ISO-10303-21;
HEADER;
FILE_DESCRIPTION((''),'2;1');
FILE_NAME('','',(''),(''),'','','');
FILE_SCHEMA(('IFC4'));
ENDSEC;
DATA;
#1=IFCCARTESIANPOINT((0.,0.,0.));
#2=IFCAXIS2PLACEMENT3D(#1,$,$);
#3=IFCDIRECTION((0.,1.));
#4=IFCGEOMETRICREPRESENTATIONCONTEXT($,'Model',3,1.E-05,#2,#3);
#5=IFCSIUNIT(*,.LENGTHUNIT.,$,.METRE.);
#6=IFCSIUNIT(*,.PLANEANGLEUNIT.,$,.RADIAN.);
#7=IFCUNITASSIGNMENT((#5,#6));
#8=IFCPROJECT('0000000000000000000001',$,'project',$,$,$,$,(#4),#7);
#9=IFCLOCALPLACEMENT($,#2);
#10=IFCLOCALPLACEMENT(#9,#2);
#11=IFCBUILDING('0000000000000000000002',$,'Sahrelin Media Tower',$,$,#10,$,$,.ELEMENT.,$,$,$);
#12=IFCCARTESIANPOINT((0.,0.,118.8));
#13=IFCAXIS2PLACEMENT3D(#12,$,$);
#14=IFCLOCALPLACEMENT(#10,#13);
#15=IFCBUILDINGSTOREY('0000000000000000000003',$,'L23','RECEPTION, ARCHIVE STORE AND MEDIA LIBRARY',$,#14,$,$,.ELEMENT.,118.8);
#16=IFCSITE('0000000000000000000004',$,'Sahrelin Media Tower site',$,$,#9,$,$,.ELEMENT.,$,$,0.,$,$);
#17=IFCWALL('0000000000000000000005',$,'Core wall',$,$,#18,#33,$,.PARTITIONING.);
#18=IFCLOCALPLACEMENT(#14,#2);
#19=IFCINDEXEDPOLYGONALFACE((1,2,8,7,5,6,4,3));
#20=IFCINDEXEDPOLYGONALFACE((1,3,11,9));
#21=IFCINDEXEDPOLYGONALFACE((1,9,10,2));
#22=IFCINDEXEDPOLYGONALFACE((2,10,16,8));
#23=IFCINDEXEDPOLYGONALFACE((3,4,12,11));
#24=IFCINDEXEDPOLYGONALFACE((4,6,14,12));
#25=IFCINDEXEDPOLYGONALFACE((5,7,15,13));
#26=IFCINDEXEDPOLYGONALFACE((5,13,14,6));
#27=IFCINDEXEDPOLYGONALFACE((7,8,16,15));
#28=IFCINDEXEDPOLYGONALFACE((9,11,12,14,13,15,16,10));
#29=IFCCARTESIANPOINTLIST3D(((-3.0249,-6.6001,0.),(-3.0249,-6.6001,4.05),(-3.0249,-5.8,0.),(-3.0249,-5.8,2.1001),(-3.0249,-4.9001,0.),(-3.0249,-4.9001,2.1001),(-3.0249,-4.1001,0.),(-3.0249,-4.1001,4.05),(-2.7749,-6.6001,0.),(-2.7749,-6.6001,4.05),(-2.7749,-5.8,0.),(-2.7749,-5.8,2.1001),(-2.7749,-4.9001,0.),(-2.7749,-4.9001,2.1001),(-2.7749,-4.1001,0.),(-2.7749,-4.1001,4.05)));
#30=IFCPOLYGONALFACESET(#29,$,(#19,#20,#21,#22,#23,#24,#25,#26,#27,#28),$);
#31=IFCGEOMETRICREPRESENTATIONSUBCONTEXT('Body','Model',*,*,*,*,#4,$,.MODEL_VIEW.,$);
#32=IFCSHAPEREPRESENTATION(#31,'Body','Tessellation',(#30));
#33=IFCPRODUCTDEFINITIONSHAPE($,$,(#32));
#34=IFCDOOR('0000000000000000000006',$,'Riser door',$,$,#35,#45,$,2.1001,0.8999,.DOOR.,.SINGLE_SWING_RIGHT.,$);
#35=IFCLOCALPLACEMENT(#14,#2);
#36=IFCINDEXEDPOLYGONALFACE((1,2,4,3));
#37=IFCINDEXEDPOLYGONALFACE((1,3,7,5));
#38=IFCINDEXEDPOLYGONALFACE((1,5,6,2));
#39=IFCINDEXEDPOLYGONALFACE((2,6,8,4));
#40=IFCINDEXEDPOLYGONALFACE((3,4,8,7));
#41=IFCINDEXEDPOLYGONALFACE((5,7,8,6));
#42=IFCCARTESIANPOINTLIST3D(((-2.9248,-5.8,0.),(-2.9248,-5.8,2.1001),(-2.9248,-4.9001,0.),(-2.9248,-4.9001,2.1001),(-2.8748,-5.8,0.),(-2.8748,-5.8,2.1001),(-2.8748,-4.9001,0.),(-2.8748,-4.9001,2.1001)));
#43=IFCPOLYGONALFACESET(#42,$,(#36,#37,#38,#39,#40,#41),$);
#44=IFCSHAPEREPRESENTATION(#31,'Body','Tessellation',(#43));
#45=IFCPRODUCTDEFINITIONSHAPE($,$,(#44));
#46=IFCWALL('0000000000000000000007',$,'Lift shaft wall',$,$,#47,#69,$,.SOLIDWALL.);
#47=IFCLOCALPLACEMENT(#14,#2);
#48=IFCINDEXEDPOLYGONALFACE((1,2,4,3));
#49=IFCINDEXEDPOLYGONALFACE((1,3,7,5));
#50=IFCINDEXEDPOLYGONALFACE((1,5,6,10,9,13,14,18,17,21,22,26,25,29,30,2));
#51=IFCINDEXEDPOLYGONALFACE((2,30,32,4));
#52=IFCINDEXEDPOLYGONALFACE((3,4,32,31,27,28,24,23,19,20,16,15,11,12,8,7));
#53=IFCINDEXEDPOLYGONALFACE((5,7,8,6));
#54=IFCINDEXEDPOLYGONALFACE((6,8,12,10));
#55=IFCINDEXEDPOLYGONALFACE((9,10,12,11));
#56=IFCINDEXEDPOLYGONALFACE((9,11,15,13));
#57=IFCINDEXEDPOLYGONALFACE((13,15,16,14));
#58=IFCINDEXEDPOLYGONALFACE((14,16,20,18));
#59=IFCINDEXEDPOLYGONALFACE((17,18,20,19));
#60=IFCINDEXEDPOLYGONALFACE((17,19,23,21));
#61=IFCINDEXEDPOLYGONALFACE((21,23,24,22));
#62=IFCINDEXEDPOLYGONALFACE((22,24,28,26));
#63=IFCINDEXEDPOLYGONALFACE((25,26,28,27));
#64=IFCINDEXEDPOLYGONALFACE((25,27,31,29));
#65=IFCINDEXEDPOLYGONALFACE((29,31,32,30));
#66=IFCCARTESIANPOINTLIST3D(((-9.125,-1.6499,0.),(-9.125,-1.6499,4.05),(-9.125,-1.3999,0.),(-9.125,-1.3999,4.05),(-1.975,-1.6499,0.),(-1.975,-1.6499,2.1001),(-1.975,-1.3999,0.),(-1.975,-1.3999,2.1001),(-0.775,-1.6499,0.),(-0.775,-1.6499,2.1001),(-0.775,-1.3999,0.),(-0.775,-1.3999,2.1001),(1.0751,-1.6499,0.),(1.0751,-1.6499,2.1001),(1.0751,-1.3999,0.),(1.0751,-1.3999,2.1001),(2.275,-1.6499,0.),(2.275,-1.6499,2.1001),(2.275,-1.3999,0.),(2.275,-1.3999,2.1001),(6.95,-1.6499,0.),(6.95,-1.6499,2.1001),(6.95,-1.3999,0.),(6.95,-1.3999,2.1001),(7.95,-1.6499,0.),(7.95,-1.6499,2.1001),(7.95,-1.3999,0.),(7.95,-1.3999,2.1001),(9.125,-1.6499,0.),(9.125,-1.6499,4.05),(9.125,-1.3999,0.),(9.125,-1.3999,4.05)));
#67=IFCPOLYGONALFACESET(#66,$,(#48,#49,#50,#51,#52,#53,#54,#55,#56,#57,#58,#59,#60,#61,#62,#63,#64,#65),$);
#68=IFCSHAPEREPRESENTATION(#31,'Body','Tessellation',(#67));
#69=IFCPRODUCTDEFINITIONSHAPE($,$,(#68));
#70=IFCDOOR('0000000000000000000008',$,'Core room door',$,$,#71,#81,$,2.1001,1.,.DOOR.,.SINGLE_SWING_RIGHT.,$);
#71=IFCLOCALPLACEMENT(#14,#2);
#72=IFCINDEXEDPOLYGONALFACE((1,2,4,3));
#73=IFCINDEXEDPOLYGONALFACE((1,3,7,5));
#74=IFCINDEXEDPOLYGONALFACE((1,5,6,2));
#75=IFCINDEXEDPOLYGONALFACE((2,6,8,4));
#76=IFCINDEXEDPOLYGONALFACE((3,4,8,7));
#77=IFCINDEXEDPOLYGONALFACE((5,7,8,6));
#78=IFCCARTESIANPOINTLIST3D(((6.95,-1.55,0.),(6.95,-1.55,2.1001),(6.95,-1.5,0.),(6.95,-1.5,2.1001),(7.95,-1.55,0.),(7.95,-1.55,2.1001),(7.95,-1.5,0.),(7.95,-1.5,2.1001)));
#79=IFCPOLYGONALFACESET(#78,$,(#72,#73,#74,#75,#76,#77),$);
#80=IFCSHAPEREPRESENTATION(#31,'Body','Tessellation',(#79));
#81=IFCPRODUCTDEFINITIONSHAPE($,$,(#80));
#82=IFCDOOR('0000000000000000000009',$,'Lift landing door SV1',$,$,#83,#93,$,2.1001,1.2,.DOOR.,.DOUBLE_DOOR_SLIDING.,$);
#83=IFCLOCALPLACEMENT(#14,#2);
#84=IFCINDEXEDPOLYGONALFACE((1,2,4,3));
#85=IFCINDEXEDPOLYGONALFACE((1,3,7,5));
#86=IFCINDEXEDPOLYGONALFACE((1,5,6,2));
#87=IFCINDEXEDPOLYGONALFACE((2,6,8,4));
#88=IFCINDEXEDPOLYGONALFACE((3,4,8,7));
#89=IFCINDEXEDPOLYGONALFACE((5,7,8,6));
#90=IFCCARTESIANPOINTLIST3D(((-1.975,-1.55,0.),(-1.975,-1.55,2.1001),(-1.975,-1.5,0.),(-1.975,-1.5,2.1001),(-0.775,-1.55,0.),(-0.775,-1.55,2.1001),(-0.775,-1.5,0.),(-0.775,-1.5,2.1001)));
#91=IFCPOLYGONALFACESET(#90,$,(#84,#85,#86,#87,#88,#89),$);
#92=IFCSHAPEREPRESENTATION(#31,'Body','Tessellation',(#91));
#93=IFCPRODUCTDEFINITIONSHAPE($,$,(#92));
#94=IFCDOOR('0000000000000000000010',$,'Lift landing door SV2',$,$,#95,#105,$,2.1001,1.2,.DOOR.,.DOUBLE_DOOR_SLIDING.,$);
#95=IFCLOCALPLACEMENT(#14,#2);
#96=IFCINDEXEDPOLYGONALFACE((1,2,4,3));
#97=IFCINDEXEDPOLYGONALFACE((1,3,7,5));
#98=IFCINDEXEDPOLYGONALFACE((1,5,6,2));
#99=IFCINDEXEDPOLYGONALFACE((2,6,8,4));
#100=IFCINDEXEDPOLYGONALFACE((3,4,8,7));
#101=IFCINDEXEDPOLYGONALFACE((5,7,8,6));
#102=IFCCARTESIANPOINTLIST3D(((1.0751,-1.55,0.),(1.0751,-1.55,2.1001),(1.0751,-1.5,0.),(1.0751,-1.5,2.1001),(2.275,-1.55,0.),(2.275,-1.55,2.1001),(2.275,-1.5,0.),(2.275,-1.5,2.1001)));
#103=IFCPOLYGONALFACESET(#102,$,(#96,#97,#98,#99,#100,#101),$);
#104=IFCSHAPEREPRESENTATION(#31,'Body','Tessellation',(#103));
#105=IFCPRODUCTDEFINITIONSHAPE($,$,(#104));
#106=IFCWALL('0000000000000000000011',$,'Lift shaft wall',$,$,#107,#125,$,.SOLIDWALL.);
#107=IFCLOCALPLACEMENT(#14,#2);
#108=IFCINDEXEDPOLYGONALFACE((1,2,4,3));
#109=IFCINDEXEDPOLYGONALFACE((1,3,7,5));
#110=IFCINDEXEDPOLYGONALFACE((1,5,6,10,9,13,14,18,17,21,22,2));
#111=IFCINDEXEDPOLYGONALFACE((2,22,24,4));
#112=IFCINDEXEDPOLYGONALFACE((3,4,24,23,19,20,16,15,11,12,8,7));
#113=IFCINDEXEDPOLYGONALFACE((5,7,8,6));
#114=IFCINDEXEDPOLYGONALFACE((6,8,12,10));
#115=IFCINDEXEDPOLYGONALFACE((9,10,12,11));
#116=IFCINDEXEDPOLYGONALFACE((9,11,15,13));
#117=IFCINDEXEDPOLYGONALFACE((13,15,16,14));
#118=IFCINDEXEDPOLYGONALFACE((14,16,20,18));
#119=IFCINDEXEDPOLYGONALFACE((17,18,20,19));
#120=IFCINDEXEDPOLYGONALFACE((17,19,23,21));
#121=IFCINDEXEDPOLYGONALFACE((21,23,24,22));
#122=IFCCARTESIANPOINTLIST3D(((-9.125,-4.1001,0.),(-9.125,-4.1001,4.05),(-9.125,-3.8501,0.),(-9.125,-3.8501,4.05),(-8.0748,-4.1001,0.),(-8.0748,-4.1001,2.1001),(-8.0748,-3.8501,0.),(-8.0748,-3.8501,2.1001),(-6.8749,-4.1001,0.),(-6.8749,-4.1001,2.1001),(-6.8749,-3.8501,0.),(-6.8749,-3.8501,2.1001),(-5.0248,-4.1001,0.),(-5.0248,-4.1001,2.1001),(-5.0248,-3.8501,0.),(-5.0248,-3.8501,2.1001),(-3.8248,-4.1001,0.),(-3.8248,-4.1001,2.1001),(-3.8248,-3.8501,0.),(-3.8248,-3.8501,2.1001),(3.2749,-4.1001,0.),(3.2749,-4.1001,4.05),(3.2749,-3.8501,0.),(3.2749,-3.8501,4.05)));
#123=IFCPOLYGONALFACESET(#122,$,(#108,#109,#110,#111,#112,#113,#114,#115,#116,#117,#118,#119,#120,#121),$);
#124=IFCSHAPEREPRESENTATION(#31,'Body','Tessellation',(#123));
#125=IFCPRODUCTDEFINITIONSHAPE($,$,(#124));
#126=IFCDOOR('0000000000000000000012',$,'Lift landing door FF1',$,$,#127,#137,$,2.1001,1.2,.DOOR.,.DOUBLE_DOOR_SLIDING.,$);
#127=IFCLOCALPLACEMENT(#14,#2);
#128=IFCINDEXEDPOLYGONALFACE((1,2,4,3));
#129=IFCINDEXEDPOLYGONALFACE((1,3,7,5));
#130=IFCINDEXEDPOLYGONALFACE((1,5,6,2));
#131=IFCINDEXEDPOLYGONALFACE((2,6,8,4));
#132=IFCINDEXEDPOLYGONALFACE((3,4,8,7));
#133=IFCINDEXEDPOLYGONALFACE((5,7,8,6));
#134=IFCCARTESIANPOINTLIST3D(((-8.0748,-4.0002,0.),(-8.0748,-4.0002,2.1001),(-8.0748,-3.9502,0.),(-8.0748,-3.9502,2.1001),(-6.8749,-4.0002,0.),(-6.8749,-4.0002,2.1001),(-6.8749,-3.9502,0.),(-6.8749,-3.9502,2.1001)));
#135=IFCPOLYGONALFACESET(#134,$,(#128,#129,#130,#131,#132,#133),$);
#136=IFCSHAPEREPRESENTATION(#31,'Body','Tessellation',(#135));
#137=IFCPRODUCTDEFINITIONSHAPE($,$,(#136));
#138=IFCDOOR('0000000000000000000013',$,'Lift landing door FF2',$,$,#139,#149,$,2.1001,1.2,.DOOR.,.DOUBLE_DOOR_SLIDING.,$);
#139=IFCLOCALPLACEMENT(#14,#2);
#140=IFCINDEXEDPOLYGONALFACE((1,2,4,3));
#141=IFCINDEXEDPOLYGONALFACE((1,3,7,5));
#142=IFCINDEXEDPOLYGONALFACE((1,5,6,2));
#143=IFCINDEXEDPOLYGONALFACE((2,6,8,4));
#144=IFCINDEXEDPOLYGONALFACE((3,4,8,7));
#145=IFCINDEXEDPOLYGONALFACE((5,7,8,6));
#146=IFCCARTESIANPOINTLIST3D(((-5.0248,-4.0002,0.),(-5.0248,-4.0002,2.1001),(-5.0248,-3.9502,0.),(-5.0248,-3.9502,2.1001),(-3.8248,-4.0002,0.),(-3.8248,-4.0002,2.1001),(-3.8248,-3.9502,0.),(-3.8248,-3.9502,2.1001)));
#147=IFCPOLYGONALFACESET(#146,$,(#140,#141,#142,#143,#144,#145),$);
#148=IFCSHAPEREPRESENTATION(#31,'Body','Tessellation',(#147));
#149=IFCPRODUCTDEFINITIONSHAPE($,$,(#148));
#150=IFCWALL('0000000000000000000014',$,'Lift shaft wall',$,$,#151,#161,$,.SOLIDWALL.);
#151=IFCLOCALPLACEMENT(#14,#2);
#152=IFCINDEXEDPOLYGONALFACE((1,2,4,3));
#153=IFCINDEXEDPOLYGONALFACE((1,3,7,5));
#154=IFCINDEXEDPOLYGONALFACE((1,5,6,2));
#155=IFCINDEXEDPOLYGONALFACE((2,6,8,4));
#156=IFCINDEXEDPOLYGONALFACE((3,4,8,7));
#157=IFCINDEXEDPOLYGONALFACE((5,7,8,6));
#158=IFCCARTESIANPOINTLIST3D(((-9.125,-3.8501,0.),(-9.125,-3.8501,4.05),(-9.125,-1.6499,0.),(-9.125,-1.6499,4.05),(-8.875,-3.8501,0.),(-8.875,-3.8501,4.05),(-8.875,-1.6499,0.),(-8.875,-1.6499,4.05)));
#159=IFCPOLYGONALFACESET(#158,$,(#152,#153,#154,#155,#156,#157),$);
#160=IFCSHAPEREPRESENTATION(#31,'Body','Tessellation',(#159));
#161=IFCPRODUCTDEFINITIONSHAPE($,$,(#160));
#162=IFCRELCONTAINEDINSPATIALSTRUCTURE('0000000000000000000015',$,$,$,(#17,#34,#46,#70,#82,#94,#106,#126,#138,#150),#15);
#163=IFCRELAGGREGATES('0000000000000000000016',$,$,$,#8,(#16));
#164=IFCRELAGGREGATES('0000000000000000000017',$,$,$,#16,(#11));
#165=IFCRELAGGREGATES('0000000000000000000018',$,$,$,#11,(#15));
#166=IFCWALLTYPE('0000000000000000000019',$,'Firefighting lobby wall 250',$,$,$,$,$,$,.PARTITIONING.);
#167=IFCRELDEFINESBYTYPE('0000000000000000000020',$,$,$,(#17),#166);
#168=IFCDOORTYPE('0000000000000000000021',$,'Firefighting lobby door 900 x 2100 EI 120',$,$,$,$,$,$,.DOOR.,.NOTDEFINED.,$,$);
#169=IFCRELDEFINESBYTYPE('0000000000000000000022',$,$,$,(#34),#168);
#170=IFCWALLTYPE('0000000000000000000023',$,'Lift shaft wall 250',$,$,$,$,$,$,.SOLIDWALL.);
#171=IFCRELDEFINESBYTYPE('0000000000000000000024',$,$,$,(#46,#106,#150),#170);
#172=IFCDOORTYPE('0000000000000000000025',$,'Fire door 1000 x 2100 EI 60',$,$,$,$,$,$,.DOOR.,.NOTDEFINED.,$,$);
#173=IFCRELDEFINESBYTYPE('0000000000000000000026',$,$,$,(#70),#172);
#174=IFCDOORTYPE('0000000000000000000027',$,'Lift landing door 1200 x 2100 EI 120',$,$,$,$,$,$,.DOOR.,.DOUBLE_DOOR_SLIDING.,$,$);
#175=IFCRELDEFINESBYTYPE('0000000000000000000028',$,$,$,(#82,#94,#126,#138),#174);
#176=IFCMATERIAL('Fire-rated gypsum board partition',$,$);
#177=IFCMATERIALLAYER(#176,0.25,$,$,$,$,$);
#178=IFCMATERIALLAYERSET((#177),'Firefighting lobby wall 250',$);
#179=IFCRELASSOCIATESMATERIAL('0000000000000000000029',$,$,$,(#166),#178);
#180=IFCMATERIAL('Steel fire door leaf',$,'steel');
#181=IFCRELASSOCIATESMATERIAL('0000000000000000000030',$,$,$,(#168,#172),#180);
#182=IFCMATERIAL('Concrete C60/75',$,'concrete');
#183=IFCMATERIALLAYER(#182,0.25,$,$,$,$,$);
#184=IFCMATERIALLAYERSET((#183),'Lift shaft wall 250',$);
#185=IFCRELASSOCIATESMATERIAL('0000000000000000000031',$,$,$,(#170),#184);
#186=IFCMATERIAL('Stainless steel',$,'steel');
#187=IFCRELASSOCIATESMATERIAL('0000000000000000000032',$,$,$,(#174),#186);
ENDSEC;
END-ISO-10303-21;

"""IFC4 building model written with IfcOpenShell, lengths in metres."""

from ifc_helpers import new_model, si_unit, direction, frame, frame_2d, origin, place, context, subcontext, project, spatial, rectangle, extrude, material, layer, layer_set, type_object, element, fill, save


model = new_model("IFC4")

# Units and contexts
model_context = context("Model", 3, precision=1e-05, world=origin(), true_north=direction((0.0, 1.0)))
body_context = subcontext(model_context, "Body", "Model", "MODEL_VIEW")
ifc_project = project(units=[si_unit("LENGTHUNIT", "METRE"), si_unit("PLANEANGLEUNIT", "RADIAN")], contexts=[model_context])

# Site, building, storey
site_placement = place(None, origin())
site = spatial("IfcSite", under=ifc_project, at=site_placement, Name="Sahrelin Media Tower site", CompositionType="ELEMENT", RefElevation=0.0)
building_placement = place(site_placement, origin())
building = spatial("IfcBuilding", under=site, at=building_placement, Name="Sahrelin Media Tower", CompositionType="ELEMENT")
storey_placement = place(building_placement, frame((0.0, 0.0, 118.8)))
storey = spatial("IfcBuildingStorey", under=building, at=storey_placement, Name="L23", Description="RECEPTION, ARCHIVE STORE AND MEDIA LIBRARY", CompositionType="ELEMENT", Elevation=118.8)

# Shared definitions
ifc_material_1 = material(Name="Concrete C60/75", Category="concrete")

# Wall, opening, door
ifc_material_2 = material(Name="Fire-rated gypsum board partition")
ifc_layer_1 = layer(ifc_material_2, 0.25)
ifc_layer_set_1 = layer_set([ifc_layer_1], Name="Firefighting lobby wall 250")
wall_type_1 = type_object("IfcWallType", Name="Firefighting lobby wall 250", PredefinedType="PARTITIONING", material=ifc_layer_set_1)
ifc_material_3 = material(Name="Steel fire door leaf", Category="steel")
wall_1_placement = place(storey_placement, frame((-2.8999, -6.6001, 0.0), z_axis=(0.0, 0.0, 1.0), x_axis=(0.0, 1.0, 0.0)))
wall_1 = element("IfcWall", 1, at=wall_1_placement, inside=storey, type_object=wall_type_1, Name="Core wall", PredefinedType="PARTITIONING", context=body_context, shape_type="SweptSolid", body=[
    extrude(rectangle(XDim=2.5, YDim=0.25, at=frame_2d((1.25, 0.0))), origin(), (0.0, 0.0, 1.0), 4.05),
])
opening_1_placement = place(wall_1_placement, frame((0.8, 0.0, 0.0)))
opening_1 = element("IfcOpeningElement", 2, at=opening_1_placement, cuts=wall_1, PredefinedType="OPENING", context=body_context, shape_type="SweptSolid", body=[
    extrude(rectangle(XDim=0.8999, YDim=2.1001, at=frame_2d((0.45, 1.05))), frame((0.0, 0.125, 0.0), z_axis=(0.0, -1.0, 0.0), x_axis=(1.0, 0.0, 0.0)), (0.0, 0.0, 1.0), 0.25),
])
door_type_1 = type_object("IfcDoorType", Name="Firefighting lobby door 900 x 2100 EI 120", OperationType="NOTDEFINED", PredefinedType="DOOR", material=ifc_material_3)
door_1_placement = place(opening_1_placement, origin())
door_1 = element("IfcDoor", 3, at=door_1_placement, inside=storey, type_object=door_type_1, Name="Riser door", OperationType="SINGLE_SWING_RIGHT", OverallHeight=2.1001, OverallWidth=0.8999, PredefinedType="DOOR", context=body_context, shape_type="SweptSolid", body=[
    extrude(rectangle(XDim=0.8999, YDim=2.1001, at=frame_2d((0.45, 1.05))), frame((0.0, 0.0249, 0.0), z_axis=(0.0, -1.0, 0.0), x_axis=(1.0, 0.0, 0.0)), (0.0, 0.0, 1.0), 0.05),
])
fill(opening_1, door_1)

# Walls, openings, doors
ifc_layer_2 = layer(ifc_material_1, 0.25)
ifc_layer_set_2 = layer_set([ifc_layer_2], Name="Lift shaft wall 250")
wall_type_2 = type_object("IfcWallType", Name="Lift shaft wall 250", PredefinedType="SOLIDWALL", material=ifc_layer_set_2)
wall_2_placement = place(storey_placement, frame((-9.125, -1.5249, 0.0), z_axis=(0.0, 0.0, 1.0), x_axis=(1.0, 0.0, 0.0)))
wall_2 = element("IfcWall", 4, at=wall_2_placement, inside=storey, type_object=wall_type_2, Name="Lift shaft wall", PredefinedType="SOLIDWALL", context=body_context, shape_type="SweptSolid", body=[
    extrude(rectangle(XDim=18.25, YDim=0.25, at=frame_2d((9.125, 0.0))), origin(), (0.0, 0.0, 1.0), 4.05),
])
opening_2_placement = place(wall_2_placement, frame((7.1499, 0.0, 0.0)))
opening_2 = element("IfcOpeningElement", 5, at=opening_2_placement, cuts=wall_2, PredefinedType="OPENING", context=body_context, shape_type="SweptSolid", body=[
    extrude(rectangle(XDim=1.2, YDim=2.1001, at=frame_2d((0.6001, 1.05))), frame((0.0, 0.125, 0.0), z_axis=(0.0, -1.0, 0.0), x_axis=(1.0, 0.0, 0.0)), (0.0, 0.0, 1.0), 0.25),
])
opening_3_placement = place(wall_2_placement, frame((10.2, 0.0, 0.0)))
opening_3 = element("IfcOpeningElement", 6, at=opening_3_placement, cuts=wall_2, PredefinedType="OPENING", context=body_context, shape_type="SweptSolid", body=[
    extrude(rectangle(XDim=1.2, YDim=2.1001, at=frame_2d((0.6001, 1.05))), frame((0.0, 0.125, 0.0), z_axis=(0.0, -1.0, 0.0), x_axis=(1.0, 0.0, 0.0)), (0.0, 0.0, 1.0), 0.25),
])
opening_4_placement = place(wall_2_placement, frame((16.075, 0.0, 0.0)))
opening_4 = element("IfcOpeningElement", 7, at=opening_4_placement, cuts=wall_2, PredefinedType="OPENING", context=body_context, shape_type="SweptSolid", body=[
    extrude(rectangle(XDim=1.0, YDim=2.1001, at=frame_2d((0.5, 1.05))), frame((0.0, 0.125, 0.0), z_axis=(0.0, -1.0, 0.0), x_axis=(1.0, 0.0, 0.0)), (0.0, 0.0, 1.0), 0.25),
])
door_type_2 = type_object("IfcDoorType", Name="Fire door 1000 x 2100 EI 60", OperationType="NOTDEFINED", PredefinedType="DOOR", material=ifc_material_3)
door_2_placement = place(opening_4_placement, origin())
door_2 = element("IfcDoor", 8, at=door_2_placement, inside=storey, type_object=door_type_2, Name="Core room door", OperationType="SINGLE_SWING_RIGHT", OverallHeight=2.1001, OverallWidth=1.0, PredefinedType="DOOR", context=body_context, shape_type="SweptSolid", body=[
    extrude(rectangle(XDim=1.0, YDim=2.1001, at=frame_2d((0.5, 1.05))), frame((0.0, 0.0249, 0.0), z_axis=(0.0, -1.0, 0.0), x_axis=(1.0, 0.0, 0.0)), (0.0, 0.0, 1.0), 0.05),
])
fill(opening_4, door_2)
ifc_material_4 = material(Name="Stainless steel", Category="steel")
door_type_3 = type_object("IfcDoorType", Name="Lift landing door 1200 x 2100 EI 120", OperationType="DOUBLE_DOOR_SLIDING", PredefinedType="DOOR", material=ifc_material_4)
door_3_placement = place(opening_2_placement, origin())
door_3 = element("IfcDoor", 9, at=door_3_placement, inside=storey, type_object=door_type_3, Name="Lift landing door SV1", OperationType="DOUBLE_DOOR_SLIDING", OverallHeight=2.1001, OverallWidth=1.2, PredefinedType="DOOR", context=body_context, shape_type="SweptSolid", body=[
    extrude(rectangle(XDim=1.2, YDim=2.1001, at=frame_2d((0.6001, 1.05))), frame((0.0, 0.0249, 0.0), z_axis=(0.0, -1.0, 0.0), x_axis=(1.0, 0.0, 0.0)), (0.0, 0.0, 1.0), 0.05),
])
fill(opening_2, door_3)
door_4_placement = place(opening_3_placement, origin())
door_4 = element("IfcDoor", 10, at=door_4_placement, inside=storey, type_object=door_type_3, Name="Lift landing door SV2", OperationType="DOUBLE_DOOR_SLIDING", OverallHeight=2.1001, OverallWidth=1.2, PredefinedType="DOOR", context=body_context, shape_type="SweptSolid", body=[
    extrude(rectangle(XDim=1.2, YDim=2.1001, at=frame_2d((0.6001, 1.05))), frame((0.0, 0.0249, 0.0), z_axis=(0.0, -1.0, 0.0), x_axis=(1.0, 0.0, 0.0)), (0.0, 0.0, 1.0), 0.05),
])
fill(opening_3, door_4)
wall_3_placement = place(storey_placement, frame((-9.125, -3.9751, 0.0), z_axis=(0.0, 0.0, 1.0), x_axis=(1.0, 0.0, 0.0)))
wall_3 = element("IfcWall", 11, at=wall_3_placement, inside=storey, type_object=wall_type_2, Name="Lift shaft wall", PredefinedType="SOLIDWALL", context=body_context, shape_type="SweptSolid", body=[
    extrude(rectangle(XDim=12.3999, YDim=0.25, at=frame_2d((6.2, 0.0))), origin(), (0.0, 0.0, 1.0), 4.05),
])
opening_5_placement = place(wall_3_placement, frame((1.05, 0.0, 0.0)))
opening_5 = element("IfcOpeningElement", 12, at=opening_5_placement, cuts=wall_3, PredefinedType="OPENING", context=body_context, shape_type="SweptSolid", body=[
    extrude(rectangle(XDim=1.2, YDim=2.1001, at=frame_2d((0.6001, 1.05))), frame((0.0, 0.125, 0.0), z_axis=(0.0, -1.0, 0.0), x_axis=(1.0, 0.0, 0.0)), (0.0, 0.0, 1.0), 0.25),
])
opening_6_placement = place(wall_3_placement, frame((4.1001, 0.0, 0.0)))
opening_6 = element("IfcOpeningElement", 13, at=opening_6_placement, cuts=wall_3, PredefinedType="OPENING", context=body_context, shape_type="SweptSolid", body=[
    extrude(rectangle(XDim=1.2, YDim=2.1001, at=frame_2d((0.6001, 1.05))), frame((0.0, 0.125, 0.0), z_axis=(0.0, -1.0, 0.0), x_axis=(1.0, 0.0, 0.0)), (0.0, 0.0, 1.0), 0.25),
])
door_5_placement = place(opening_5_placement, origin())
door_5 = element("IfcDoor", 14, at=door_5_placement, inside=storey, type_object=door_type_3, Name="Lift landing door FF1", OperationType="DOUBLE_DOOR_SLIDING", OverallHeight=2.1001, OverallWidth=1.2, PredefinedType="DOOR", context=body_context, shape_type="SweptSolid", body=[
    extrude(rectangle(XDim=1.2, YDim=2.1001, at=frame_2d((0.6001, 1.05))), frame((0.0, 0.0249, 0.0), z_axis=(0.0, -1.0, 0.0), x_axis=(1.0, 0.0, 0.0)), (0.0, 0.0, 1.0), 0.05),
])
fill(opening_5, door_5)
door_6_placement = place(opening_6_placement, origin())
door_6 = element("IfcDoor", 15, at=door_6_placement, inside=storey, type_object=door_type_3, Name="Lift landing door FF2", OperationType="DOUBLE_DOOR_SLIDING", OverallHeight=2.1001, OverallWidth=1.2, PredefinedType="DOOR", context=body_context, shape_type="SweptSolid", body=[
    extrude(rectangle(XDim=1.2, YDim=2.1001, at=frame_2d((0.6001, 1.05))), frame((0.0, 0.0249, 0.0), z_axis=(0.0, -1.0, 0.0), x_axis=(1.0, 0.0, 0.0)), (0.0, 0.0, 1.0), 0.05),
])
fill(opening_6, door_6)

# Wall
for number, where, z_axis, x_axis, name in (
    (16, (-9.0, -3.8501, 0.0), (0.0, 0.0, 1.0), (0.0, 1.0, 0.0), "Lift shaft wall"),
):
    element("IfcWall", number, at=place(storey_placement, frame(where, z_axis=z_axis, x_axis=x_axis)), inside=storey, type_object=wall_type_2, Name=name, PredefinedType="SOLIDWALL", context=body_context, shape_type="SweptSolid", body=[
        extrude(rectangle(XDim=2.2002, YDim=0.25, at=frame_2d((1.1001, 0.0))), origin(), (0.0, 0.0, 1.0), 4.05),
    ])

save(model, "model.ifc")
